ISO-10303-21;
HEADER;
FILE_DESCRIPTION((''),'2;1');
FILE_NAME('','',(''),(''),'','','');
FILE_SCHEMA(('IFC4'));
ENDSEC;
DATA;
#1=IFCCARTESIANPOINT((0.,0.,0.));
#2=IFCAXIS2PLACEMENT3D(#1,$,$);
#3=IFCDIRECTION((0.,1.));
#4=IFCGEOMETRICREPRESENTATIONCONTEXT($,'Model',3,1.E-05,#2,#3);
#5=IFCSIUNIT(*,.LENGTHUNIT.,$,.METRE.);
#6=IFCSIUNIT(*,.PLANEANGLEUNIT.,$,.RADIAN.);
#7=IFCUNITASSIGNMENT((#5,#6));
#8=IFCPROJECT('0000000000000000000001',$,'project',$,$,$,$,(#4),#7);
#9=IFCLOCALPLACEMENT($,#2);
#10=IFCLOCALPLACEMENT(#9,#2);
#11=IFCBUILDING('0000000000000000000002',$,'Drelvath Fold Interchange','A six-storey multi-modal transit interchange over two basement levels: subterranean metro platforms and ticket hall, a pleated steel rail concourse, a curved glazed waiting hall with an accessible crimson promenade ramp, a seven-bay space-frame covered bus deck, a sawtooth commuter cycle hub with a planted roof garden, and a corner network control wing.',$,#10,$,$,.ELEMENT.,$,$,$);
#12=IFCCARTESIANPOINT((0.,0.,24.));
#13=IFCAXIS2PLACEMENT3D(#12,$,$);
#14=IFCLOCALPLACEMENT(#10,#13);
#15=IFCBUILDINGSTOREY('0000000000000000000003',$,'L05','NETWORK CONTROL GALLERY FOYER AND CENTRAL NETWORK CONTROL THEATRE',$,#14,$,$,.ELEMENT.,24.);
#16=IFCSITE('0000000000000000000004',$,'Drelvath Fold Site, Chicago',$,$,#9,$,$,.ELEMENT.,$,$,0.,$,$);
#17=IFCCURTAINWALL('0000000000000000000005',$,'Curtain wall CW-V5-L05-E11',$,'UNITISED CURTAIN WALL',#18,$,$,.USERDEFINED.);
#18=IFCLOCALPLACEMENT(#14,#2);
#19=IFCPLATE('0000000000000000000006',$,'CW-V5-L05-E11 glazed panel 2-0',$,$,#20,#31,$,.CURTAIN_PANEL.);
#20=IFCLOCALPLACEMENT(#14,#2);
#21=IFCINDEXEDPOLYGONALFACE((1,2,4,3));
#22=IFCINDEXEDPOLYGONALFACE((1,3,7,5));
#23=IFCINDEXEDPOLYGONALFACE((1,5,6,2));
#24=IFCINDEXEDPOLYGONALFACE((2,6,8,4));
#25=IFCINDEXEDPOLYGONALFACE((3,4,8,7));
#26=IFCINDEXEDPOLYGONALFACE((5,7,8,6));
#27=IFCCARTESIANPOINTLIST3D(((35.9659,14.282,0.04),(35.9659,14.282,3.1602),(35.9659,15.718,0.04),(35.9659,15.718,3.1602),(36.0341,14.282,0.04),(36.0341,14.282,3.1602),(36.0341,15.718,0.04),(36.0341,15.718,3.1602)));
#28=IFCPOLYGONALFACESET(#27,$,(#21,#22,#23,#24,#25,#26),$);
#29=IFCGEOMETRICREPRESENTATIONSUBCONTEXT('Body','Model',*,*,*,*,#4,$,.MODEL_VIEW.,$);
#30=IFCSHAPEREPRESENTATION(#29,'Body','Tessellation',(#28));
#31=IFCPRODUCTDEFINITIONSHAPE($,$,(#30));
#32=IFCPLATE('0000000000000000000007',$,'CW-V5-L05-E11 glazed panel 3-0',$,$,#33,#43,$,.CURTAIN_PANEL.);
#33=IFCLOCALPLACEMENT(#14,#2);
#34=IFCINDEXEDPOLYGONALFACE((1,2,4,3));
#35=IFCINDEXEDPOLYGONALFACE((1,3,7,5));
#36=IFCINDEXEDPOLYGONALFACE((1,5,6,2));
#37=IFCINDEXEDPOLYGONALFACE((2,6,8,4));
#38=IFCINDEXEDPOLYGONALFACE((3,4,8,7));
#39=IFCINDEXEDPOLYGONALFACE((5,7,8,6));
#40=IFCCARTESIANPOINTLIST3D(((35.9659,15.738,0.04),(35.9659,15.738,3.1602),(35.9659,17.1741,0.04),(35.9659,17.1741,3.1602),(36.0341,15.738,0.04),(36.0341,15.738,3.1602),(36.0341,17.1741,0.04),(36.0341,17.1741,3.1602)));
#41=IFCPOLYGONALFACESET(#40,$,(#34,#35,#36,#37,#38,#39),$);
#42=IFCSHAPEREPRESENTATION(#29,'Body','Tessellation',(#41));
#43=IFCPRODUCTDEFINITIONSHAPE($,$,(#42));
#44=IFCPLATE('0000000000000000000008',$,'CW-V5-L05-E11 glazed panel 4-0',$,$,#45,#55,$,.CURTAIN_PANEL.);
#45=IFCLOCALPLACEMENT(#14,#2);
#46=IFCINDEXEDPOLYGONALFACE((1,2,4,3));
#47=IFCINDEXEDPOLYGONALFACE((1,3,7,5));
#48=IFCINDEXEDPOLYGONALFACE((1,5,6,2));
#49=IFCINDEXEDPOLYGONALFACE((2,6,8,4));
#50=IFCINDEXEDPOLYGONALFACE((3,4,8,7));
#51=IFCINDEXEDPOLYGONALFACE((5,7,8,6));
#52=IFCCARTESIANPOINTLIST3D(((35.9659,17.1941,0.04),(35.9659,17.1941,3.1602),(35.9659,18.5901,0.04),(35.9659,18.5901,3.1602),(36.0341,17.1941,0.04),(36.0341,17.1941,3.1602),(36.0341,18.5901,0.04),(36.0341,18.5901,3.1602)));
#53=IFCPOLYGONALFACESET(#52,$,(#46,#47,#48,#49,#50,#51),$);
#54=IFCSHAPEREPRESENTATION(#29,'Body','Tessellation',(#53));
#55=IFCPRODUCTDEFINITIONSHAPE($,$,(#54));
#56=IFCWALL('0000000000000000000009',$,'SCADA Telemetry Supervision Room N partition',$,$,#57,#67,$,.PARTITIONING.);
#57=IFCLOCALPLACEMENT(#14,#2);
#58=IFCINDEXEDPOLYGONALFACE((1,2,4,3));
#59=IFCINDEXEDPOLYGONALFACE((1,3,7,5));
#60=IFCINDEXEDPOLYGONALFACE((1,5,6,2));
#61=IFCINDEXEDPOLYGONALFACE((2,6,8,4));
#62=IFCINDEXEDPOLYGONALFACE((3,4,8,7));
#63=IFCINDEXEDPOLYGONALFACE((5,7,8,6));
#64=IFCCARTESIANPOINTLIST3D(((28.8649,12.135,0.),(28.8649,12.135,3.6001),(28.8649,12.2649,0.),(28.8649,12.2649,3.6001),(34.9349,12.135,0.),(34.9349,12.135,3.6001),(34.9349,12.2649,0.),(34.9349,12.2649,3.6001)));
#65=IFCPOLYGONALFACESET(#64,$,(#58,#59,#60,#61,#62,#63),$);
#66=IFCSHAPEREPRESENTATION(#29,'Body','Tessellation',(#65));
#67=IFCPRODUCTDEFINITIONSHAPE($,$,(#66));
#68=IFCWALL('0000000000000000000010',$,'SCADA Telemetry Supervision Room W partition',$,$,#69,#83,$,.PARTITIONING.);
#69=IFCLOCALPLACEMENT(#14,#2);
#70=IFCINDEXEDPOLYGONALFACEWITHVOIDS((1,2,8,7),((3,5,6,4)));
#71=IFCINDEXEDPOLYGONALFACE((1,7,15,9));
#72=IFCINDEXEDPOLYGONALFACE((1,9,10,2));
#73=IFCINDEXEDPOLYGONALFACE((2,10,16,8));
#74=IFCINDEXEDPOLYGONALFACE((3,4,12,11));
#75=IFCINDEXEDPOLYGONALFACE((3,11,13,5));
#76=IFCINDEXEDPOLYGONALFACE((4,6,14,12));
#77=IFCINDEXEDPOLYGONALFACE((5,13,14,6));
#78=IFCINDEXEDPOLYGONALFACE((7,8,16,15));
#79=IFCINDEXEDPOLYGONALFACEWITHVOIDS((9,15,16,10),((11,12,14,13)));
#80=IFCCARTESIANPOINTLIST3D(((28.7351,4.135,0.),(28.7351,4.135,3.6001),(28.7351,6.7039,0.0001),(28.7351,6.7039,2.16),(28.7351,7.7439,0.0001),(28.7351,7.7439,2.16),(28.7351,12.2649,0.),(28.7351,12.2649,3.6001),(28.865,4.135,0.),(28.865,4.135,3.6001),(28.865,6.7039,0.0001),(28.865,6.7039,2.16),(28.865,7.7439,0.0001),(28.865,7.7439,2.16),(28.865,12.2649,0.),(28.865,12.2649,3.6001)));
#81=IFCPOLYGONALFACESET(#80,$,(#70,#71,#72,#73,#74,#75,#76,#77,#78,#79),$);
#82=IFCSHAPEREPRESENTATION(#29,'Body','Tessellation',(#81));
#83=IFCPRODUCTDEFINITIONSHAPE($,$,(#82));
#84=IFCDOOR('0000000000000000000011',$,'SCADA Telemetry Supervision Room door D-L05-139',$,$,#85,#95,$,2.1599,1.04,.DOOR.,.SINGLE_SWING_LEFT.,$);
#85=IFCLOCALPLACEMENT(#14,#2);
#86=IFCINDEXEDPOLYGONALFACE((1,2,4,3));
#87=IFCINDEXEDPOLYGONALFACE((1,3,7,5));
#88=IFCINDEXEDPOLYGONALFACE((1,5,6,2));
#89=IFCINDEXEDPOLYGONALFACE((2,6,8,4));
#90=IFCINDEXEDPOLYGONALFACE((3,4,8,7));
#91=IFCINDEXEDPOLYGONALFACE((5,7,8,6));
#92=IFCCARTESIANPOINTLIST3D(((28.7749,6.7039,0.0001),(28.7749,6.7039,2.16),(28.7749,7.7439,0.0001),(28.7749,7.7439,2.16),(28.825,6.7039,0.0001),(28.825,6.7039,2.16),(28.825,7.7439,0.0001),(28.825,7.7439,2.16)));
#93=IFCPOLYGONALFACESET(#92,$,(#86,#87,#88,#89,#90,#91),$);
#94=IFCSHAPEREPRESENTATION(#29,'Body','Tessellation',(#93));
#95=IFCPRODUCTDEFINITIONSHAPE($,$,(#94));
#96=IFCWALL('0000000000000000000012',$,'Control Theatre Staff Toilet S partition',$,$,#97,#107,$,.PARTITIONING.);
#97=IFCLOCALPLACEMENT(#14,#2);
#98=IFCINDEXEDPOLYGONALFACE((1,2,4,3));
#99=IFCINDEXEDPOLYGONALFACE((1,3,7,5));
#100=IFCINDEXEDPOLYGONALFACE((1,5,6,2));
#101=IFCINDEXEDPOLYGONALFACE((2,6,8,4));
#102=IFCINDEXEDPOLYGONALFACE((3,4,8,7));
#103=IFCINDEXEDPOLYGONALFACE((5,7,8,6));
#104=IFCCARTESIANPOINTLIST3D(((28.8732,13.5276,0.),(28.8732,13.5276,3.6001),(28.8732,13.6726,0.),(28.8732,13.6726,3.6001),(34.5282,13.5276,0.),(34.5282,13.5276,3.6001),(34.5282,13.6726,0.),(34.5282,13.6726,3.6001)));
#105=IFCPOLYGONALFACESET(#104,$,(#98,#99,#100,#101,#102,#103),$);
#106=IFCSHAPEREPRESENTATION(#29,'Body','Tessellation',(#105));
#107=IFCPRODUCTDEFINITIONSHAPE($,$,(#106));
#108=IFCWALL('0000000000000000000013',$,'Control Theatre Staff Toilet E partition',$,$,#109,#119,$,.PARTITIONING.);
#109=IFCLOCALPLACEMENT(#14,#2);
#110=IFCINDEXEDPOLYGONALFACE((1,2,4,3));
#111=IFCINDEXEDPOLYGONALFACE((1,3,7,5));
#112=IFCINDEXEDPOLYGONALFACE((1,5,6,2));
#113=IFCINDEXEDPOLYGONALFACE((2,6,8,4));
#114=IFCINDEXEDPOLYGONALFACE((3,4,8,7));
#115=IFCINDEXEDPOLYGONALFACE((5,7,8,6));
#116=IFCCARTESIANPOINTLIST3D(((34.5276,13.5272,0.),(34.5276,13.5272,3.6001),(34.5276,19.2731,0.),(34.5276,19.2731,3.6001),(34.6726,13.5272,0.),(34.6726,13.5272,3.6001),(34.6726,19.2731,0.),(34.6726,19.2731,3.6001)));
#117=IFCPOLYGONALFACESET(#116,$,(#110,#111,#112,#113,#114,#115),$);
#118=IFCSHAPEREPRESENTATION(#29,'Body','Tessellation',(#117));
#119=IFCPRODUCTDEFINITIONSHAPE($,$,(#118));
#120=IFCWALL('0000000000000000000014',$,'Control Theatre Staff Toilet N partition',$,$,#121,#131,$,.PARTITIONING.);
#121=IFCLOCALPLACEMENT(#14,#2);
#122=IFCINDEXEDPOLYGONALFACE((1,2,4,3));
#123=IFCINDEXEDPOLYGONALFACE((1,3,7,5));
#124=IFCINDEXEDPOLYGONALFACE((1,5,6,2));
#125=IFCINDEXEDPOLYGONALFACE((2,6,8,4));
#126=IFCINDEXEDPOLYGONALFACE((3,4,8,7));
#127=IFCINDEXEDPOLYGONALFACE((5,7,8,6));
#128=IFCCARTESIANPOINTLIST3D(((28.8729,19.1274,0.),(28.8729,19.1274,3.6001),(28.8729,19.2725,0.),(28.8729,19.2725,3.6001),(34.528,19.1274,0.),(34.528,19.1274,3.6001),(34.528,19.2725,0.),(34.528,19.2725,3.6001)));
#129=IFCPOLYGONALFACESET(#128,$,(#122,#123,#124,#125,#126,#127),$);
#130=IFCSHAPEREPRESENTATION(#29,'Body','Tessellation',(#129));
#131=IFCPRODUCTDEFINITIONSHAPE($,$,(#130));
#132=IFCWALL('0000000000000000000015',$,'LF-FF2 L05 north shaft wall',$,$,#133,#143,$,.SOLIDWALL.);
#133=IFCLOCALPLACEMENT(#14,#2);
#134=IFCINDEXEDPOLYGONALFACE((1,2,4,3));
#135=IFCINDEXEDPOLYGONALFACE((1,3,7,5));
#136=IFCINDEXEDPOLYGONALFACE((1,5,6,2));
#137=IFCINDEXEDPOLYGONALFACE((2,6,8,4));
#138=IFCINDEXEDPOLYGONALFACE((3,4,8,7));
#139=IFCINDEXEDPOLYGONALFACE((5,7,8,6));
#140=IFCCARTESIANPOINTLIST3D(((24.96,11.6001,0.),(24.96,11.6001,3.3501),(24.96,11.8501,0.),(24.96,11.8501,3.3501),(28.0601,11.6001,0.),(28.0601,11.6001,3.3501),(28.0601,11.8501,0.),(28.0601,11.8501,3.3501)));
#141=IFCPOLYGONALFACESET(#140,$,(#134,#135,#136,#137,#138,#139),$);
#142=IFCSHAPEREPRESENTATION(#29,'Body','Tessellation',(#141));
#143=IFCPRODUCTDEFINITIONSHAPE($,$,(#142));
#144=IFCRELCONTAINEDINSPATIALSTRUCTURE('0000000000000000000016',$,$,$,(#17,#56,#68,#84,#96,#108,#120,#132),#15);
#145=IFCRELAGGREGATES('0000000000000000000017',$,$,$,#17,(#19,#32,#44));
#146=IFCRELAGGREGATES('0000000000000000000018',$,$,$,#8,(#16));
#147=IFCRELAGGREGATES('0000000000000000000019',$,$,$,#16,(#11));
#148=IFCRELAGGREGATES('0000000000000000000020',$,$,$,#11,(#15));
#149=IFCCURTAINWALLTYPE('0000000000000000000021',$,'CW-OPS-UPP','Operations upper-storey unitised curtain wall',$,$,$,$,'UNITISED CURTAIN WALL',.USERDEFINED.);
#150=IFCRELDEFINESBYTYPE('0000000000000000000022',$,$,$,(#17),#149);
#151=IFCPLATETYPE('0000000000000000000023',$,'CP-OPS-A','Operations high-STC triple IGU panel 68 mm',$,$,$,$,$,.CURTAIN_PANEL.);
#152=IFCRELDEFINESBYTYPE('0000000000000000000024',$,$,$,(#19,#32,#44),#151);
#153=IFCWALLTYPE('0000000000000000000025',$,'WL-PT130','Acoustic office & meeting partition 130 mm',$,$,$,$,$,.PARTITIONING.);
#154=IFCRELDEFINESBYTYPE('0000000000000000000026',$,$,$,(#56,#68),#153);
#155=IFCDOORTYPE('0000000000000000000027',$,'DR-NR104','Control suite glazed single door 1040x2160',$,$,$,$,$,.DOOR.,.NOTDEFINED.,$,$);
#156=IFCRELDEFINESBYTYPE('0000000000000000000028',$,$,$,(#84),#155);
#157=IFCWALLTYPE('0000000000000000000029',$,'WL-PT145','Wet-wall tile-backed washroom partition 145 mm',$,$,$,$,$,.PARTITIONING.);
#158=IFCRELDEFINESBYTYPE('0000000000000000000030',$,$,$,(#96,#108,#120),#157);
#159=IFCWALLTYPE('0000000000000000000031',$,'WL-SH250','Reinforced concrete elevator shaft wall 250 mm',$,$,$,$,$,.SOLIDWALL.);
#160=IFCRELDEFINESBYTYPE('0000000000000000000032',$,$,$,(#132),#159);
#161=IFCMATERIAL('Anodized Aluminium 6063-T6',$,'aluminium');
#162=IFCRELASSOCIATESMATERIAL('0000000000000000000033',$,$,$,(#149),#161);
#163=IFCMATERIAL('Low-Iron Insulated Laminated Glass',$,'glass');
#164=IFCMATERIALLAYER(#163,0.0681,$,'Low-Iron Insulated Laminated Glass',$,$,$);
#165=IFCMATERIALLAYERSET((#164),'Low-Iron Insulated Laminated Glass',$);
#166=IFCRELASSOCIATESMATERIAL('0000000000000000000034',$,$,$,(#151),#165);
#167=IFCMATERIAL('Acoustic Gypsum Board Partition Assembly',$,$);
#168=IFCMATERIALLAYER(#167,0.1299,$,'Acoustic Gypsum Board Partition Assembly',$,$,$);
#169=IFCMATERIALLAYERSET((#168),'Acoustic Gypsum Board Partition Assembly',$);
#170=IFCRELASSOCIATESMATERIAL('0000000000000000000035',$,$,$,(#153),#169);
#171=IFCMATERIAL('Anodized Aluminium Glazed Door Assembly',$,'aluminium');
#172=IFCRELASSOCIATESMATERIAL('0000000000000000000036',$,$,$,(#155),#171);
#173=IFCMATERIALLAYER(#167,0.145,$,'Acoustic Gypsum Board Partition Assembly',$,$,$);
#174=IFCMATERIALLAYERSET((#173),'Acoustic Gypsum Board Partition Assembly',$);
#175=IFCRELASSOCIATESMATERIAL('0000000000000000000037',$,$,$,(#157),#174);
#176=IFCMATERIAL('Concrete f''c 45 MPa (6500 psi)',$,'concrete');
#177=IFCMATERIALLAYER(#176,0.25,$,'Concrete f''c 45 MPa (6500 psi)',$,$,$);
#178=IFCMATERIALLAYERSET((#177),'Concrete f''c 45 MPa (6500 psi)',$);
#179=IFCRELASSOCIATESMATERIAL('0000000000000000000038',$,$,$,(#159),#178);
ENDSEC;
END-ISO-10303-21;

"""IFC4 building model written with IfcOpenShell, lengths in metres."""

from ifc_helpers import new_model, si_unit, direction, frame, frame_2d, origin, origin_2d, place, context, subcontext, project, spatial, rectangle, extrude, material, layer, layer_set, type_object, element, fill, aggregate, save


model = new_model("IFC4")

# Units and contexts
model_context = context("Model", 3, precision=1e-05, world=origin(), true_north=direction((0.0, 1.0)))
body_context = subcontext(model_context, "Body", "Model", "MODEL_VIEW")
ifc_project = project(units=[si_unit("LENGTHUNIT", "METRE"), si_unit("PLANEANGLEUNIT", "RADIAN")], contexts=[model_context])

# Site, building, storey
site_placement = place(None, origin())
site = spatial("IfcSite", under=ifc_project, at=site_placement, Name="Drelvath Fold Site, Chicago", CompositionType="ELEMENT", RefElevation=0.0)
building_placement = place(site_placement, origin())
building = spatial("IfcBuilding", under=site, at=building_placement, Name="Drelvath Fold Interchange", Description="A six-storey multi-modal transit interchange over two basement levels: subterranean metro platforms and ticket hall, a pleated steel rail concourse, a curved glazed waiting hall with an accessible crimson promenade ramp, a seven-bay space-frame covered bus deck, a sawtooth commuter cycle hub with a planted roof garden, and a corner network control wing.", CompositionType="ELEMENT")
storey_placement = place(building_placement, frame((0.0, 0.0, 24.0)))
storey = spatial("IfcBuildingStorey", under=building, at=storey_placement, Name="L05", Description="NETWORK CONTROL GALLERY FOYER AND CENTRAL NETWORK CONTROL THEATRE", CompositionType="ELEMENT", Elevation=24.0)

# Curtain wall, plates
ifc_material_1 = material(Name="Anodized Aluminium 6063-T6", Category="aluminium")
curtain_wall_type = type_object("IfcCurtainWallType", Name="CW-OPS-UPP", Description="Operations upper-storey unitised curtain wall", ElementType="UNITISED CURTAIN WALL", PredefinedType="USERDEFINED", material=ifc_material_1)
curtain_wall_placement = place(storey_placement, origin())
curtain_wall = element("IfcCurtainWall", 1, at=curtain_wall_placement, inside=storey, type_object=curtain_wall_type, Name="Curtain wall CW-V5-L05-E11", ObjectType="UNITISED CURTAIN WALL", PredefinedType="USERDEFINED")
ifc_material_2 = material(Name="Low-Iron Insulated Laminated Glass", Category="glass")
ifc_layer_1 = layer(ifc_material_2, 0.0681, Name="Low-Iron Insulated Laminated Glass")
ifc_layer_set_1 = layer_set([ifc_layer_1], Name="Low-Iron Insulated Laminated Glass")
plate_type = type_object("IfcPlateType", Name="CP-OPS-A", Description="Operations high-STC triple IGU panel 68 mm", PredefinedType="CURTAIN_PANEL", material=ifc_layer_set_1)
plate_1_placement = place(storey_placement, frame((36.0, 15.0, 0.04), z_axis=(0.0, 0.0, 1.0), x_axis=(0.0, 1.0, 0.0)))
plate_1 = element("IfcPlate", 2, at=plate_1_placement, type_object=plate_type, Name="CW-V5-L05-E11 glazed panel 2-0", PredefinedType="CURTAIN_PANEL", context=body_context, shape_type="SweptSolid", body=[
    extrude(rectangle(XDim=1.436, YDim=0.0681, at=origin_2d()), origin(), (0.0, 0.0, 1.0), 3.1201),
])
plate_2_placement = place(storey_placement, frame((36.0, 16.4561, 0.04), z_axis=(0.0, 0.0, 1.0), x_axis=(0.0, 1.0, 0.0)))
plate_2 = element("IfcPlate", 3, at=plate_2_placement, type_object=plate_type, Name="CW-V5-L05-E11 glazed panel 3-0", PredefinedType="CURTAIN_PANEL", context=body_context, shape_type="SweptSolid", body=[
    extrude(rectangle(XDim=1.436, YDim=0.0681, at=origin_2d()), origin(), (0.0, 0.0, 1.0), 3.1201),
])
plate_3_placement = place(storey_placement, frame((36.0, 17.8921, 0.04), z_axis=(0.0, 0.0, 1.0), x_axis=(0.0, 1.0, 0.0)))
plate_3 = element("IfcPlate", 4, at=plate_3_placement, type_object=plate_type, Name="CW-V5-L05-E11 glazed panel 4-0", PredefinedType="CURTAIN_PANEL", context=body_context, shape_type="SweptSolid", body=[
    extrude(rectangle(XDim=1.396, YDim=0.0681, at=origin_2d()), origin(), (0.0, 0.0, 1.0), 3.1201),
])
aggregate(curtain_wall, [plate_1, plate_2, plate_3])

# Wall
ifc_material_3 = material(Name="Acoustic Gypsum Board Partition Assembly")
ifc_layer_2 = layer(ifc_material_3, 0.1299, Name="Acoustic Gypsum Board Partition Assembly")
ifc_layer_set_2 = layer_set([ifc_layer_2], Name="Acoustic Gypsum Board Partition Assembly")
wall_type_1 = type_object("IfcWallType", Name="WL-PT130", Description="Acoustic office & meeting partition 130 mm", PredefinedType="PARTITIONING", material=ifc_layer_set_2)
wall_1_placement = place(storey_placement, frame((34.9351, 12.2, 0.0), z_axis=(0.0, 0.0, 1.0), x_axis=(-1.0, 0.0, 0.0)))
element("IfcWall", 5, at=wall_1_placement, inside=storey, type_object=wall_type_1, Name="SCADA Telemetry Supervision Room N partition", PredefinedType="PARTITIONING", context=body_context, shape_type="SweptSolid", body=[
    extrude(rectangle(XDim=6.0701, YDim=0.1299, at=frame_2d((3.0352, 0.0))), origin(), (0.0, 0.0, 1.0), 3.6001),
])

# Wall, opening, door
wall_2_placement = place(storey_placement, frame((28.8, 12.2649, 0.0), z_axis=(0.0, 0.0, 1.0), x_axis=(0.0, -1.0, 0.0)))
wall_2 = element("IfcWall", 6, at=wall_2_placement, inside=storey, type_object=wall_type_1, Name="SCADA Telemetry Supervision Room W partition", PredefinedType="PARTITIONING", context=body_context, shape_type="SweptSolid", body=[
    extrude(rectangle(XDim=8.1299, YDim=0.1299, at=frame_2d((4.0649, 0.0))), origin(), (0.0, 0.0, 1.0), 3.6001),
])
opening_placement = place(wall_2_placement, frame((4.521, 0.0, 0.0)))
opening = element("IfcOpeningElement", 7, at=opening_placement, cuts=wall_2, PredefinedType="OPENING", context=body_context, shape_type="SweptSolid", body=[
    extrude(rectangle(XDim=1.04, YDim=2.1599, at=frame_2d((0.52, 1.0801))), frame((0.0, 0.075, 0.0), z_axis=(0.0, -1.0, 0.0), x_axis=(1.0, 0.0, 0.0)), (0.0, 0.0, 1.0), 0.1499),
])
ifc_material_4 = material(Name="Anodized Aluminium Glazed Door Assembly", Category="aluminium")
door_type = type_object("IfcDoorType", Name="DR-NR104", Description="Control suite glazed single door 1040x2160", OperationType="NOTDEFINED", PredefinedType="DOOR", material=ifc_material_4)
door_placement = place(opening_placement, origin())
door = element("IfcDoor", 8, at=door_placement, inside=storey, type_object=door_type, Name="SCADA Telemetry Supervision Room door D-L05-139", OperationType="SINGLE_SWING_LEFT", OverallHeight=2.1599, OverallWidth=1.04, PredefinedType="DOOR", context=body_context, shape_type="SweptSolid", body=[
    extrude(rectangle(XDim=1.04, YDim=2.1599, at=frame_2d((0.52, 1.0801))), frame((0.0, 0.0249, 0.0), z_axis=(0.0, -1.0, 0.0), x_axis=(1.0, 0.0, 0.0)), (0.0, 0.0, 1.0), 0.05),
])
fill(opening, door)

# Walls
ifc_layer_3 = layer(ifc_material_3, 0.145, Name="Acoustic Gypsum Board Partition Assembly")
ifc_layer_set_3 = layer_set([ifc_layer_3], Name="Acoustic Gypsum Board Partition Assembly")
wall_type_2 = type_object("IfcWallType", Name="WL-PT145", Description="Wet-wall tile-backed washroom partition 145 mm", PredefinedType="PARTITIONING", material=ifc_layer_set_3)
wall_3_placement = place(storey_placement, frame((28.873, 13.6001, 0.0), z_axis=(0.0, 0.0, 1.0), x_axis=(1.0, 0.0, 0.0)))
element("IfcWall", 9, at=wall_3_placement, inside=storey, type_object=wall_type_2, Name="Control Theatre Staff Toilet S partition", PredefinedType="PARTITIONING", context=body_context, shape_type="SweptSolid", body=[
    extrude(rectangle(XDim=5.655, YDim=0.145, at=frame_2d((2.8276, 0.0))), origin(), (0.0, 0.0, 1.0), 3.6001),
])
wall_4_placement = place(storey_placement, frame((34.6001, 13.5271, 0.0), z_axis=(0.0, 0.0, 1.0), x_axis=(0.0, 1.0, 0.0)))
element("IfcWall", 10, at=wall_4_placement, inside=storey, type_object=wall_type_2, Name="Control Theatre Staff Toilet E partition", PredefinedType="PARTITIONING", context=body_context, shape_type="SweptSolid", body=[
    extrude(rectangle(XDim=5.7458, YDim=0.145, at=frame_2d((2.873, 0.0))), origin(), (0.0, 0.0, 1.0), 3.6001),
])
wall_5_placement = place(storey_placement, frame((34.5281, 19.2, 0.0), z_axis=(0.0, 0.0, 1.0), x_axis=(-1.0, 0.0, 0.0)))
element("IfcWall", 11, at=wall_5_placement, inside=storey, type_object=wall_type_2, Name="Control Theatre Staff Toilet N partition", PredefinedType="PARTITIONING", context=body_context, shape_type="SweptSolid", body=[
    extrude(rectangle(XDim=5.655, YDim=0.145, at=frame_2d((2.8276, 0.0))), origin(), (0.0, 0.0, 1.0), 3.6001),
])
ifc_material_5 = material(Name="Concrete f'c 45 MPa (6500 psi)", Category="concrete")
ifc_layer_4 = layer(ifc_material_5, 0.25, Name="Concrete f'c 45 MPa (6500 psi)")
ifc_layer_set_4 = layer_set([ifc_layer_4], Name="Concrete f'c 45 MPa (6500 psi)")
wall_type_3 = type_object("IfcWallType", Name="WL-SH250", Description="Reinforced concrete elevator shaft wall 250 mm", PredefinedType="SOLIDWALL", material=ifc_layer_set_4)
wall_6_placement = place(storey_placement, frame((28.0601, 11.7251, 0.0), z_axis=(0.0, 0.0, 1.0), x_axis=(-1.0, 0.0, 0.0)))
element("IfcWall", 12, at=wall_6_placement, inside=storey, type_object=wall_type_3, Name="LF-FF2 L05 north shaft wall", PredefinedType="SOLIDWALL", context=body_context, shape_type="SweptSolid", body=[
    extrude(rectangle(XDim=3.1001, YDim=0.25, at=frame_2d((1.55, 0.0))), origin(), (0.0, 0.0, 1.0), 3.3501),
])

save(model, "model.ifc")
